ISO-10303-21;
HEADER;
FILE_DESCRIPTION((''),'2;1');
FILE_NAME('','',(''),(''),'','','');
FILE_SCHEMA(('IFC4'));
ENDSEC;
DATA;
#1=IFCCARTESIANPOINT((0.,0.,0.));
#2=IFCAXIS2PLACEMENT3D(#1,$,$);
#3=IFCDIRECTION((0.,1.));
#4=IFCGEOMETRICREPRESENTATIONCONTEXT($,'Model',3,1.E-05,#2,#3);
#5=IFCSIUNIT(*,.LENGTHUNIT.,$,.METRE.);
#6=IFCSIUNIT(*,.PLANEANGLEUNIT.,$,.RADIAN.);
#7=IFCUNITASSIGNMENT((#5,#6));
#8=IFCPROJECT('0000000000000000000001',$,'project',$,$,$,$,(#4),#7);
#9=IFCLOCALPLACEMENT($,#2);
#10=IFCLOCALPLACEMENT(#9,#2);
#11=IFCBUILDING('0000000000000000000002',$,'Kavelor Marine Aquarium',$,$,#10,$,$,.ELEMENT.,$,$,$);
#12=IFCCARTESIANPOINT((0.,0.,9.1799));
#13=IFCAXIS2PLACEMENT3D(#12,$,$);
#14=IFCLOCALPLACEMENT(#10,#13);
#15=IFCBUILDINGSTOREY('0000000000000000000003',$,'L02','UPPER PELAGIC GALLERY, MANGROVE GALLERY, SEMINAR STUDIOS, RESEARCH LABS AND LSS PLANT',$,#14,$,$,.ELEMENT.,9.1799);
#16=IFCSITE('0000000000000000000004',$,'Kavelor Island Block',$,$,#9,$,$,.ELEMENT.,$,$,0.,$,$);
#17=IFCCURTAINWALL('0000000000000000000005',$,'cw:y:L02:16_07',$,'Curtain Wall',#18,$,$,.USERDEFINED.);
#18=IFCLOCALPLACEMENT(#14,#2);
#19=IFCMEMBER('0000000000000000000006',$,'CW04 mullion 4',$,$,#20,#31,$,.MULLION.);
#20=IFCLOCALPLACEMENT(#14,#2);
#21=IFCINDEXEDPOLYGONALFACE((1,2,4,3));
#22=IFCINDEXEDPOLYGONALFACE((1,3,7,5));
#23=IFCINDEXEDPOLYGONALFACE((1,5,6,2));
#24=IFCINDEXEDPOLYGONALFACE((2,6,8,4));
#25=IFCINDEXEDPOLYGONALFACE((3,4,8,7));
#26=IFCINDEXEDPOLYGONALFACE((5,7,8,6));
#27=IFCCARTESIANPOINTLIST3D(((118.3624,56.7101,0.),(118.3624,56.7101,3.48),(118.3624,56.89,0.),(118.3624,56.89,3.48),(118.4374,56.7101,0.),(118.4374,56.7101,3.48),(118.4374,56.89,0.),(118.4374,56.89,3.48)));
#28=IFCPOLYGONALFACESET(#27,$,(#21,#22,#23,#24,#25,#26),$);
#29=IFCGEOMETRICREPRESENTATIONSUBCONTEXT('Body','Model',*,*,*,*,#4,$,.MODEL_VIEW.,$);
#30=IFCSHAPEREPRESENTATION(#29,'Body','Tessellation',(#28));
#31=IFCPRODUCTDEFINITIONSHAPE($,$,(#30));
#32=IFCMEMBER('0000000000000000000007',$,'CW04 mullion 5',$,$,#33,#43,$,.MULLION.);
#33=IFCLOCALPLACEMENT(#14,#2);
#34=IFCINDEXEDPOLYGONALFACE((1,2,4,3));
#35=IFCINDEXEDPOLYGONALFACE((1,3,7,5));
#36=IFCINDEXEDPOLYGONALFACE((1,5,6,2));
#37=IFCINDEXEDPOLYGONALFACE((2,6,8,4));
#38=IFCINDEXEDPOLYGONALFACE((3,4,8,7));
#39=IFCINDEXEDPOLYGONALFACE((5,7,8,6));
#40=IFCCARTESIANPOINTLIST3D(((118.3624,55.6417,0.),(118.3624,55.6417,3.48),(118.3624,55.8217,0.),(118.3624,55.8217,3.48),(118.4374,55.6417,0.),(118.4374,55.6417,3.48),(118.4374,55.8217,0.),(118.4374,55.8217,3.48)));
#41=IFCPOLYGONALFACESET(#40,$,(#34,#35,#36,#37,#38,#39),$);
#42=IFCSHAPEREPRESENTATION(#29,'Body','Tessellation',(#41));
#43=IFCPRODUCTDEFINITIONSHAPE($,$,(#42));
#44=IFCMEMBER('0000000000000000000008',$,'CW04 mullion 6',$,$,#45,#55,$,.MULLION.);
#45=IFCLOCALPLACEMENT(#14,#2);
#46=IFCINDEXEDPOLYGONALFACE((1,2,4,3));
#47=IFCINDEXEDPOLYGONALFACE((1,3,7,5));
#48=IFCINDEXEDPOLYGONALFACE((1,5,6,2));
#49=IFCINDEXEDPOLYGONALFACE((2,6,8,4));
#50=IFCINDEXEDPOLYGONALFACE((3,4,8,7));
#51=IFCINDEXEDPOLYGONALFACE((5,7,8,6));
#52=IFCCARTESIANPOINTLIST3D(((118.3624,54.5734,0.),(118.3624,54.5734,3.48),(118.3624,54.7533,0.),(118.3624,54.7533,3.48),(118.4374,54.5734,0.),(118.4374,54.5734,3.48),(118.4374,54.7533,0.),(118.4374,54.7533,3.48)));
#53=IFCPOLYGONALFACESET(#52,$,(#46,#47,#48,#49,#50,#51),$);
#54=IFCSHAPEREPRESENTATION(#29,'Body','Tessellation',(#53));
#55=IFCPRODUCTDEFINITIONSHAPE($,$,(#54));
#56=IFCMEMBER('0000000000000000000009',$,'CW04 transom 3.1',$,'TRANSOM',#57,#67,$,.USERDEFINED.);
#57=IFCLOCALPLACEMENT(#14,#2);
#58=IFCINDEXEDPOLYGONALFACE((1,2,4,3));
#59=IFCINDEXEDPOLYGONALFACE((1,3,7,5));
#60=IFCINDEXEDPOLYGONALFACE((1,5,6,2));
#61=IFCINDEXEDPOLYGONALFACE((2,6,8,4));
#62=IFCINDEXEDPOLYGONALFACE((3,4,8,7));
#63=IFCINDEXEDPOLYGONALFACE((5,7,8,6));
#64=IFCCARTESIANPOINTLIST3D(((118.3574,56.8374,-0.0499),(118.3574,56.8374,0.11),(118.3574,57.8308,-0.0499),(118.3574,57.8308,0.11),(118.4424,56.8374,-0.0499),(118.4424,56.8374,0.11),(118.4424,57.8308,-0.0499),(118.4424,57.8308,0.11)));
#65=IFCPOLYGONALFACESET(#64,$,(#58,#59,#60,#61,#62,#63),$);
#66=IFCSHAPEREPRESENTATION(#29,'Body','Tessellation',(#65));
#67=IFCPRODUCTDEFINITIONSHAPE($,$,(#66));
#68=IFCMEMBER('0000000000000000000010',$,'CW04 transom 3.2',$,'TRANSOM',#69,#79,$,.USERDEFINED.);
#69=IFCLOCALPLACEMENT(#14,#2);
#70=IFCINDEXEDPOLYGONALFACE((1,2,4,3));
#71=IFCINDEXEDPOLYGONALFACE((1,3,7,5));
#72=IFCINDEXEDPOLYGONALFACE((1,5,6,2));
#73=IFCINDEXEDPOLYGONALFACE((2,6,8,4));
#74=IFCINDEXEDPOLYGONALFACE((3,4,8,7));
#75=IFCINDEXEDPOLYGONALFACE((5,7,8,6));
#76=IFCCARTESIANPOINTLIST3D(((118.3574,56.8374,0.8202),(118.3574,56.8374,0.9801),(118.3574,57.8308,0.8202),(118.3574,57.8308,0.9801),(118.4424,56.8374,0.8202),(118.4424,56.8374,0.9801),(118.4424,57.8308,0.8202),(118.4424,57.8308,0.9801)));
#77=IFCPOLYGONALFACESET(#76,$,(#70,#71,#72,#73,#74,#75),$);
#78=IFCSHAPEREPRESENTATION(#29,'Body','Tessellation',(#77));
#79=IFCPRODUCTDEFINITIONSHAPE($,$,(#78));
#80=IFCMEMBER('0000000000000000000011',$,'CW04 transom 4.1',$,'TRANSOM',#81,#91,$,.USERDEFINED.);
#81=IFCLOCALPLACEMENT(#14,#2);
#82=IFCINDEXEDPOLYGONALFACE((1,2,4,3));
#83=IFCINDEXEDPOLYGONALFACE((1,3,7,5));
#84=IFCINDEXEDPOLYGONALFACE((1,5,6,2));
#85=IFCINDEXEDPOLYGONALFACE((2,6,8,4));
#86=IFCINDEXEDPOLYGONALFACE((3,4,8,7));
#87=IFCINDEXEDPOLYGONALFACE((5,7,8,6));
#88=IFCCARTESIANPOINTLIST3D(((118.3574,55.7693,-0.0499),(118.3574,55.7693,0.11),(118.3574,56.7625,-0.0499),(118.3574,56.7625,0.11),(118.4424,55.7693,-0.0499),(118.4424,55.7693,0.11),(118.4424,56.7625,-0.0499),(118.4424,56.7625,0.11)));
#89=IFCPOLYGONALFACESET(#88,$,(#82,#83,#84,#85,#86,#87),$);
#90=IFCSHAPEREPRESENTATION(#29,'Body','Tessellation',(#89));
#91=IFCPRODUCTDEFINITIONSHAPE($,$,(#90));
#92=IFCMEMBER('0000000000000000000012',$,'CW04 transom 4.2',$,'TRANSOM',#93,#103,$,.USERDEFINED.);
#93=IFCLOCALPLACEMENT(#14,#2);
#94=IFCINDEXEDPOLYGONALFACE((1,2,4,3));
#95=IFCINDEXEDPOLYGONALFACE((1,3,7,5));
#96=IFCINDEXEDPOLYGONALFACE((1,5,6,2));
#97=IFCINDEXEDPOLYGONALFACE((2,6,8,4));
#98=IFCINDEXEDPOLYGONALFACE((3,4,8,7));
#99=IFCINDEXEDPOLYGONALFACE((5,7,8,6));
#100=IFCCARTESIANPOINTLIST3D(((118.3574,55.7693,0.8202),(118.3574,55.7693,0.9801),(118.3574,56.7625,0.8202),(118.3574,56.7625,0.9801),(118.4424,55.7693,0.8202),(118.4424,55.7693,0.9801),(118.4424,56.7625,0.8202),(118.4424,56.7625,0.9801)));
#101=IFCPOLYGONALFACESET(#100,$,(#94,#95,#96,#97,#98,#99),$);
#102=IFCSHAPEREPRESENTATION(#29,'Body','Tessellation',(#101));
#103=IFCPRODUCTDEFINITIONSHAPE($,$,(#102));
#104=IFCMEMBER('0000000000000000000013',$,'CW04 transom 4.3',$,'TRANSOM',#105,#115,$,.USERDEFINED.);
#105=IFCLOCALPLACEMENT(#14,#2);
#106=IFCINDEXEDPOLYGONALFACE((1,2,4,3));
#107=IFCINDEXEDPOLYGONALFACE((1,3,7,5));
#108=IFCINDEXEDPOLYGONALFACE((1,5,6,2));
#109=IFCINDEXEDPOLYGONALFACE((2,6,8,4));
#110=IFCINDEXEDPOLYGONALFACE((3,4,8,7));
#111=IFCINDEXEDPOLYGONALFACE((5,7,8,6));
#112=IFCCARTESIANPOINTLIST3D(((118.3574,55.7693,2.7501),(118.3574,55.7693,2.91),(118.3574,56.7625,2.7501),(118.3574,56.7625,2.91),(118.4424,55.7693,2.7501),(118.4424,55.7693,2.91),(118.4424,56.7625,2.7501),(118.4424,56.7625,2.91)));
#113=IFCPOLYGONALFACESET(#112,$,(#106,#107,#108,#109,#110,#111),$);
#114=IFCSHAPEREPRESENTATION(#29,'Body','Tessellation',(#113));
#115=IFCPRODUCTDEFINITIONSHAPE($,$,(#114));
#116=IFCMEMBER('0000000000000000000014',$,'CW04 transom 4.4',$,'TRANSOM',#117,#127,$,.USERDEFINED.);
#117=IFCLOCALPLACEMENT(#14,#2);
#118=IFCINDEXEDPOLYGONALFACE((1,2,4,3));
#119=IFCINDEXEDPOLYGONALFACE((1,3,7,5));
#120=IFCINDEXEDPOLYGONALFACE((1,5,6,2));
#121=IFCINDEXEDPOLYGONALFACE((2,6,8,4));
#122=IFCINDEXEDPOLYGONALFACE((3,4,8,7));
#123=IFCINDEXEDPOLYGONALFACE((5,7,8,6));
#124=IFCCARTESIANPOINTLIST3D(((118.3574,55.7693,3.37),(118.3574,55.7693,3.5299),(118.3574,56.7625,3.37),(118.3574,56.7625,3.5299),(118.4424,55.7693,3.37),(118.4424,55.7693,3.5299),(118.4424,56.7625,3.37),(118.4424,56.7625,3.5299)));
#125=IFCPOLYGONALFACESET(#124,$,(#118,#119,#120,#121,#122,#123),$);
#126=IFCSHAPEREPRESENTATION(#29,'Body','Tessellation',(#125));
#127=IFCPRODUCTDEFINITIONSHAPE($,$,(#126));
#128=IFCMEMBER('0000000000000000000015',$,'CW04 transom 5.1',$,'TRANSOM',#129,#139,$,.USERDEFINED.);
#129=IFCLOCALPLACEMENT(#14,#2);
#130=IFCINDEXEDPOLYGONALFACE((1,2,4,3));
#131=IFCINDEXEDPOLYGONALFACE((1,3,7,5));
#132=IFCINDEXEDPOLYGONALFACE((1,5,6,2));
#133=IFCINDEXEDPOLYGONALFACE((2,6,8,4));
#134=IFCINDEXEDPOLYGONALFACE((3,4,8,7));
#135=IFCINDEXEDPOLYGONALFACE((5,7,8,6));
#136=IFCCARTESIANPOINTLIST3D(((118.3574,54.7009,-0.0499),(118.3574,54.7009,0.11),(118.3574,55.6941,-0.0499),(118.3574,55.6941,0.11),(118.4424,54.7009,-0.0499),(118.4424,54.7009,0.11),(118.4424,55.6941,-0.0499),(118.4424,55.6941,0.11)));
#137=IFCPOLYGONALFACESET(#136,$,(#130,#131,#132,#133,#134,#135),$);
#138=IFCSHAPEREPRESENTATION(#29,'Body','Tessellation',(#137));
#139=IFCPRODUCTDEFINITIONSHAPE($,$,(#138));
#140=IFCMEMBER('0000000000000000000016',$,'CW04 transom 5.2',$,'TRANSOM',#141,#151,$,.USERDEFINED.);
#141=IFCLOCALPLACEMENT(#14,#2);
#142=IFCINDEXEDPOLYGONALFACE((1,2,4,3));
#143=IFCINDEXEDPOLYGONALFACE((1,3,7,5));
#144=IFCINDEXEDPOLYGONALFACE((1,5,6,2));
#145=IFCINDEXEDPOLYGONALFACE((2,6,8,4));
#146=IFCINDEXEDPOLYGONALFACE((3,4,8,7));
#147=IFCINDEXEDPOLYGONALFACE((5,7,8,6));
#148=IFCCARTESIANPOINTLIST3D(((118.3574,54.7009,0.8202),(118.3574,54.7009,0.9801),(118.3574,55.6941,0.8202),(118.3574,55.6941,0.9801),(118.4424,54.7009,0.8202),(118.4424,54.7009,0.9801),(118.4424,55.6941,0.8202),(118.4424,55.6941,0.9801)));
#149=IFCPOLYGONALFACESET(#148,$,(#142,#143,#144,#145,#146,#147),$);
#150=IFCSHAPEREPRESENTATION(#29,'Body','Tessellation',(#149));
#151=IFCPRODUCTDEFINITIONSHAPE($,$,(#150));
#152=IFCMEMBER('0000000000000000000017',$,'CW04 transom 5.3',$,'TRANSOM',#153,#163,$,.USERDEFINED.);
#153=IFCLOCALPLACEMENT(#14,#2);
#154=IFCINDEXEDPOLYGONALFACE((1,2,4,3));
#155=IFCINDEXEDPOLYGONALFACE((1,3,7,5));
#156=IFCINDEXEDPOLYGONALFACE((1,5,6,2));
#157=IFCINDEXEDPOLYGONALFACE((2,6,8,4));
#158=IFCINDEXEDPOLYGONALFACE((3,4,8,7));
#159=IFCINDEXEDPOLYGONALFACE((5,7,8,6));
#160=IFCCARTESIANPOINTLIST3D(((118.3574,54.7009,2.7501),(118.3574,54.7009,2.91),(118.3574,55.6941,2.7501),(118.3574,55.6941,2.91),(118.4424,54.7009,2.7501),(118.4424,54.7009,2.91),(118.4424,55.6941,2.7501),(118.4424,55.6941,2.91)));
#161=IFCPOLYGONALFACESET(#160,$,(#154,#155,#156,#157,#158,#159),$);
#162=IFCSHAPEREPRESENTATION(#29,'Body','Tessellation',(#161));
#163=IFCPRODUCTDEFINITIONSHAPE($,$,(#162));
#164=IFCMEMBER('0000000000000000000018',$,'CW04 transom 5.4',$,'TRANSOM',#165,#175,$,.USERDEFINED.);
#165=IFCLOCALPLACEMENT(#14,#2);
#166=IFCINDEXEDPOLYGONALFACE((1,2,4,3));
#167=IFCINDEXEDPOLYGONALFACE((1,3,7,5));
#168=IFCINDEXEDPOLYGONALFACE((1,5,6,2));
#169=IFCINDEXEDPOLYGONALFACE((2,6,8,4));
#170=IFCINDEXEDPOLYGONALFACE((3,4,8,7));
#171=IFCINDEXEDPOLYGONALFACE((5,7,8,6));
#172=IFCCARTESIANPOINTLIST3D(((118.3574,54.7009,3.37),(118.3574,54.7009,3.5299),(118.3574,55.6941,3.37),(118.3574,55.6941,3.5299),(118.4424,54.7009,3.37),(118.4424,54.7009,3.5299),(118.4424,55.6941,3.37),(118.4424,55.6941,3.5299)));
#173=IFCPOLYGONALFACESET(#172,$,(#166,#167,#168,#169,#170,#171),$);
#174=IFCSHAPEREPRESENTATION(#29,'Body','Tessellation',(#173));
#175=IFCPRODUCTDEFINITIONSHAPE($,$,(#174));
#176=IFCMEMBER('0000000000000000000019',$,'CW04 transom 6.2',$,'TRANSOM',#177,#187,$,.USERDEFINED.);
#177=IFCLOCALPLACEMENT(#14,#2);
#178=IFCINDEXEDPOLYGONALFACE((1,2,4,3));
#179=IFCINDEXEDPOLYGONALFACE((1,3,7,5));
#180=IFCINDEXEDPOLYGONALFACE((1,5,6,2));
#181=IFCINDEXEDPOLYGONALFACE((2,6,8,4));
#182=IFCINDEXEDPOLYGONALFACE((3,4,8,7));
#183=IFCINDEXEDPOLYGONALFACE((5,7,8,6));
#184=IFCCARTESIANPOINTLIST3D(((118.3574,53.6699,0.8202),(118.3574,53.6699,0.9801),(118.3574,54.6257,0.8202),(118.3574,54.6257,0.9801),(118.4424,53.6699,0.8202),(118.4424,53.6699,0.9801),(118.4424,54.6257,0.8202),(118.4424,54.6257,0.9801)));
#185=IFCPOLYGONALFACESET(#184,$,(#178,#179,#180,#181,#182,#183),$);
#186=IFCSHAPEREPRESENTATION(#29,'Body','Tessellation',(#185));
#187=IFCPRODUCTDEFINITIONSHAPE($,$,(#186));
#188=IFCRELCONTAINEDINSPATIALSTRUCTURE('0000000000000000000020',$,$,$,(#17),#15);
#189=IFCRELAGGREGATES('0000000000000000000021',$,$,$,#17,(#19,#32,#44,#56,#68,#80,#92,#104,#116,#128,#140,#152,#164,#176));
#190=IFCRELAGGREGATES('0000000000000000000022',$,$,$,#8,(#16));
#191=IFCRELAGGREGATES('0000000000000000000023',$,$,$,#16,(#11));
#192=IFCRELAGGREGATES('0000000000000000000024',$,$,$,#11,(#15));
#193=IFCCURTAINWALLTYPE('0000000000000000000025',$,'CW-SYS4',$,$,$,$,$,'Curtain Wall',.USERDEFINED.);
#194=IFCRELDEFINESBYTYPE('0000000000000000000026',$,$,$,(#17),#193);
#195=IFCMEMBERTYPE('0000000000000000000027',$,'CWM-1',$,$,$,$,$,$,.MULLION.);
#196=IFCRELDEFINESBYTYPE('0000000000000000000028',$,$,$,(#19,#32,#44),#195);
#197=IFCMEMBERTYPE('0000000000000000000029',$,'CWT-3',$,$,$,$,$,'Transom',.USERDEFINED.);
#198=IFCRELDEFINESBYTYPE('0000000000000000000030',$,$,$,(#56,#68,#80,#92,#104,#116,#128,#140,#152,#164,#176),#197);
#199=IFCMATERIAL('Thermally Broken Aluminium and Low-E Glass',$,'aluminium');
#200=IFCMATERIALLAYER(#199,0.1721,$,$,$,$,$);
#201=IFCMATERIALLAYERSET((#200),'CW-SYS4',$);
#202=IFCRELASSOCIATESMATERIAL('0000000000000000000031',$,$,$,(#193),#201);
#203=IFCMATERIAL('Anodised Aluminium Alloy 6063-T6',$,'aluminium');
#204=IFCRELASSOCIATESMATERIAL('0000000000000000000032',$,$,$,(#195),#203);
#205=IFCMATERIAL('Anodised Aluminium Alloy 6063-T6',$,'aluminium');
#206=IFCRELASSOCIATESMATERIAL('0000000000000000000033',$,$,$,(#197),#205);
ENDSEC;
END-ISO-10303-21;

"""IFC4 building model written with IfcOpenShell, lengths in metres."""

from ifc_helpers import new_model, si_unit, direction, frame, origin, origin_2d, place, context, subcontext, project, spatial, rectangle, extrude, material, layer, layer_set, material_profile, profile_set, type_object, element, aggregate, save


model = new_model("IFC4")

# Units and contexts
model_context = context("Model", 3, precision=1e-05, world=origin(), true_north=direction((0.0, 1.0)))
body_context = subcontext(model_context, "Body", "Model", "MODEL_VIEW")
ifc_project = project(units=[si_unit("LENGTHUNIT", "METRE"), si_unit("PLANEANGLEUNIT", "RADIAN")], contexts=[model_context])

# Site, building, storey
site_placement = place(None, origin())
site = spatial("IfcSite", under=ifc_project, at=site_placement, Name="Kavelor Island Block", CompositionType="ELEMENT", RefElevation=0.0)
building_placement = place(site_placement, origin())
building = spatial("IfcBuilding", under=site, at=building_placement, Name="Kavelor Marine Aquarium", CompositionType="ELEMENT")
storey_placement = place(building_placement, frame((0.0, 0.0, 9.1799)))
storey = spatial("IfcBuildingStorey", under=building, at=storey_placement, Name="L02", Description="UPPER PELAGIC GALLERY, MANGROVE GALLERY, SEMINAR STUDIOS, RESEARCH LABS AND LSS PLANT", CompositionType="ELEMENT", Elevation=9.1799)

# Curtain wall, members
ifc_material_1 = material(Name="Thermally Broken Aluminium and Low-E Glass", Category="aluminium")
ifc_layer_1 = layer(ifc_material_1, 0.1721)
ifc_layer_set_1 = layer_set([ifc_layer_1], Name="CW-SYS4")
curtain_wall_type = type_object("IfcCurtainWallType", Name="CW-SYS4", ElementType="Curtain Wall", PredefinedType="USERDEFINED", material=ifc_layer_set_1)
curtain_wall_placement = place(storey_placement, origin())
curtain_wall = element("IfcCurtainWall", 1, at=curtain_wall_placement, inside=storey, type_object=curtain_wall_type, Name="cw:y:L02:16_07", ObjectType="Curtain Wall", PredefinedType="USERDEFINED")
ifc_material_2 = material(Name="Anodised Aluminium Alloy 6063-T6", Category="aluminium")
ifc_material_profile_1 = material_profile(ifc_material_2, rectangle(XDim=0.075, YDim=0.1799, at=origin_2d()), Name="CW-MUL 75x180")
ifc_profile_set_1 = profile_set([ifc_material_profile_1], Name="Anodised Aluminium Alloy 6063-T6")
member_type_1 = type_object("IfcMemberType", Name="CWM-1", PredefinedType="MULLION", material=ifc_profile_set_1)
member_1_placement = place(storey_placement, frame((118.3999, 56.8, 0.0), z_axis=(0.0, 0.0, 1.0), x_axis=(1.0, 0.0, 0.0)))
member_1 = element("IfcMember", 2, at=member_1_placement, type_object=member_type_1, Name="CW04 mullion 4", PredefinedType="MULLION", context=body_context, shape_type="SweptSolid", body=[
    extrude(rectangle(XDim=0.075, YDim=0.1799, at=origin_2d()), origin(), (0.0, 0.0, 1.0), 3.48),
])
member_2_placement = place(storey_placement, frame((118.3999, 55.7317, 0.0), z_axis=(0.0, 0.0, 1.0), x_axis=(1.0, 0.0, 0.0)))
member_2 = element("IfcMember", 3, at=member_2_placement, type_object=member_type_1, Name="CW04 mullion 5", PredefinedType="MULLION", context=body_context, shape_type="SweptSolid", body=[
    extrude(rectangle(XDim=0.075, YDim=0.1799, at=origin_2d()), origin(), (0.0, 0.0, 1.0), 3.48),
])
member_3_placement = place(storey_placement, frame((118.3999, 54.6633, 0.0), z_axis=(0.0, 0.0, 1.0), x_axis=(1.0, 0.0, 0.0)))
member_3 = element("IfcMember", 4, at=member_3_placement, type_object=member_type_1, Name="CW04 mullion 6", PredefinedType="MULLION", context=body_context, shape_type="SweptSolid", body=[
    extrude(rectangle(XDim=0.075, YDim=0.1799, at=origin_2d()), origin(), (0.0, 0.0, 1.0), 3.48),
])
ifc_material_3 = material(Name="Anodised Aluminium Alloy 6063-T6", Category="aluminium")
ifc_material_profile_2 = material_profile(ifc_material_3, rectangle(XDim=0.085, YDim=0.1599, at=origin_2d()), Name="CW-TRN 85x160")
ifc_profile_set_2 = profile_set([ifc_material_profile_2], Name="Anodised Aluminium Alloy 6063-T6")
member_type_2 = type_object("IfcMemberType", Name="CWT-3", ElementType="Transom", PredefinedType="USERDEFINED", material=ifc_profile_set_2)
member_4_placement = place(storey_placement, frame((118.3999, 57.8308, 0.03), z_axis=(0.0, -1.0, 0.0), x_axis=(1.0, 0.0, 0.0)))
member_4 = element("IfcMember", 5, at=member_4_placement, type_object=member_type_2, Name="CW04 transom 3.1", ObjectType="TRANSOM", PredefinedType="USERDEFINED", context=body_context, shape_type="SweptSolid", body=[
    extrude(rectangle(XDim=0.085, YDim=0.1599, at=origin_2d()), origin(), (0.0, 0.0, 1.0), 0.9934),
])
member_5_placement = place(storey_placement, frame((118.3999, 57.8308, 0.9001), z_axis=(0.0, -1.0, 0.0), x_axis=(1.0, 0.0, 0.0)))
member_5 = element("IfcMember", 6, at=member_5_placement, type_object=member_type_2, Name="CW04 transom 3.2", ObjectType="TRANSOM", PredefinedType="USERDEFINED", context=body_context, shape_type="SweptSolid", body=[
    extrude(rectangle(XDim=0.085, YDim=0.1599, at=origin_2d()), origin(), (0.0, 0.0, 1.0), 0.9934),
])
member_6_placement = place(storey_placement, frame((118.3999, 56.7625, 0.03), z_axis=(0.0, -1.0, 0.0), x_axis=(1.0, 0.0, 0.0)))
member_6 = element("IfcMember", 7, at=member_6_placement, type_object=member_type_2, Name="CW04 transom 4.1", ObjectType="TRANSOM", PredefinedType="USERDEFINED", context=body_context, shape_type="SweptSolid", body=[
    extrude(rectangle(XDim=0.085, YDim=0.1599, at=origin_2d()), origin(), (0.0, 0.0, 1.0), 0.9932),
])
member_7_placement = place(storey_placement, frame((118.3999, 56.7625, 0.9001), z_axis=(0.0, -1.0, 0.0), x_axis=(1.0, 0.0, 0.0)))
member_7 = element("IfcMember", 8, at=member_7_placement, type_object=member_type_2, Name="CW04 transom 4.2", ObjectType="TRANSOM", PredefinedType="USERDEFINED", context=body_context, shape_type="SweptSolid", body=[
    extrude(rectangle(XDim=0.085, YDim=0.1599, at=origin_2d()), origin(), (0.0, 0.0, 1.0), 0.9932),
])
member_8_placement = place(storey_placement, frame((118.3999, 56.7625, 2.8301), z_axis=(0.0, -1.0, 0.0), x_axis=(1.0, 0.0, 0.0)))
member_8 = element("IfcMember", 9, at=member_8_placement, type_object=member_type_2, Name="CW04 transom 4.3", ObjectType="TRANSOM", PredefinedType="USERDEFINED", context=body_context, shape_type="SweptSolid", body=[
    extrude(rectangle(XDim=0.085, YDim=0.1599, at=origin_2d()), origin(), (0.0, 0.0, 1.0), 0.9932),
])
member_9_placement = place(storey_placement, frame((118.3999, 56.7625, 3.45), z_axis=(0.0, -1.0, 0.0), x_axis=(1.0, 0.0, 0.0)))
member_9 = element("IfcMember", 10, at=member_9_placement, type_object=member_type_2, Name="CW04 transom 4.4", ObjectType="TRANSOM", PredefinedType="USERDEFINED", context=body_context, shape_type="SweptSolid", body=[
    extrude(rectangle(XDim=0.085, YDim=0.1599, at=origin_2d()), origin(), (0.0, 0.0, 1.0), 0.9932),
])
member_10_placement = place(storey_placement, frame((118.3999, 55.6941, 0.03), z_axis=(0.0, -1.0, 0.0), x_axis=(1.0, 0.0, 0.0)))
member_10 = element("IfcMember", 11, at=member_10_placement, type_object=member_type_2, Name="CW04 transom 5.1", ObjectType="TRANSOM", PredefinedType="USERDEFINED", context=body_context, shape_type="SweptSolid", body=[
    extrude(rectangle(XDim=0.085, YDim=0.1599, at=origin_2d()), origin(), (0.0, 0.0, 1.0), 0.9932),
])
member_11_placement = place(storey_placement, frame((118.3999, 55.6941, 0.9001), z_axis=(0.0, -1.0, 0.0), x_axis=(1.0, 0.0, 0.0)))
member_11 = element("IfcMember", 12, at=member_11_placement, type_object=member_type_2, Name="CW04 transom 5.2", ObjectType="TRANSOM", PredefinedType="USERDEFINED", context=body_context, shape_type="SweptSolid", body=[
    extrude(rectangle(XDim=0.085, YDim=0.1599, at=origin_2d()), origin(), (0.0, 0.0, 1.0), 0.9932),
])
member_12_placement = place(storey_placement, frame((118.3999, 55.6941, 2.8301), z_axis=(0.0, -1.0, 0.0), x_axis=(1.0, 0.0, 0.0)))
member_12 = element("IfcMember", 13, at=member_12_placement, type_object=member_type_2, Name="CW04 transom 5.3", ObjectType="TRANSOM", PredefinedType="USERDEFINED", context=body_context, shape_type="SweptSolid", body=[
    extrude(rectangle(XDim=0.085, YDim=0.1599, at=origin_2d()), origin(), (0.0, 0.0, 1.0), 0.9932),
])
member_13_placement = place(storey_placement, frame((118.3999, 55.6941, 3.45), z_axis=(0.0, -1.0, 0.0), x_axis=(1.0, 0.0, 0.0)))
member_13 = element("IfcMember", 14, at=member_13_placement, type_object=member_type_2, Name="CW04 transom 5.4", ObjectType="TRANSOM", PredefinedType="USERDEFINED", context=body_context, shape_type="SweptSolid", body=[
    extrude(rectangle(XDim=0.085, YDim=0.1599, at=origin_2d()), origin(), (0.0, 0.0, 1.0), 0.9932),
])
member_14_placement = place(storey_placement, frame((118.3999, 54.6257, 0.9001), z_axis=(0.0, -1.0, 0.0), x_axis=(1.0, 0.0, 0.0)))
member_14 = element("IfcMember", 15, at=member_14_placement, type_object=member_type_2, Name="CW04 transom 6.2", ObjectType="TRANSOM", PredefinedType="USERDEFINED", context=body_context, shape_type="SweptSolid", body=[
    extrude(rectangle(XDim=0.085, YDim=0.1599, at=origin_2d()), origin(), (0.0, 0.0, 1.0), 0.9558),
])
aggregate(curtain_wall, [member_1, member_2, member_3, member_4, member_5, member_6, member_7, member_8, member_9, member_10, member_11, member_12, member_13, member_14])

save(model, "model.ifc")
